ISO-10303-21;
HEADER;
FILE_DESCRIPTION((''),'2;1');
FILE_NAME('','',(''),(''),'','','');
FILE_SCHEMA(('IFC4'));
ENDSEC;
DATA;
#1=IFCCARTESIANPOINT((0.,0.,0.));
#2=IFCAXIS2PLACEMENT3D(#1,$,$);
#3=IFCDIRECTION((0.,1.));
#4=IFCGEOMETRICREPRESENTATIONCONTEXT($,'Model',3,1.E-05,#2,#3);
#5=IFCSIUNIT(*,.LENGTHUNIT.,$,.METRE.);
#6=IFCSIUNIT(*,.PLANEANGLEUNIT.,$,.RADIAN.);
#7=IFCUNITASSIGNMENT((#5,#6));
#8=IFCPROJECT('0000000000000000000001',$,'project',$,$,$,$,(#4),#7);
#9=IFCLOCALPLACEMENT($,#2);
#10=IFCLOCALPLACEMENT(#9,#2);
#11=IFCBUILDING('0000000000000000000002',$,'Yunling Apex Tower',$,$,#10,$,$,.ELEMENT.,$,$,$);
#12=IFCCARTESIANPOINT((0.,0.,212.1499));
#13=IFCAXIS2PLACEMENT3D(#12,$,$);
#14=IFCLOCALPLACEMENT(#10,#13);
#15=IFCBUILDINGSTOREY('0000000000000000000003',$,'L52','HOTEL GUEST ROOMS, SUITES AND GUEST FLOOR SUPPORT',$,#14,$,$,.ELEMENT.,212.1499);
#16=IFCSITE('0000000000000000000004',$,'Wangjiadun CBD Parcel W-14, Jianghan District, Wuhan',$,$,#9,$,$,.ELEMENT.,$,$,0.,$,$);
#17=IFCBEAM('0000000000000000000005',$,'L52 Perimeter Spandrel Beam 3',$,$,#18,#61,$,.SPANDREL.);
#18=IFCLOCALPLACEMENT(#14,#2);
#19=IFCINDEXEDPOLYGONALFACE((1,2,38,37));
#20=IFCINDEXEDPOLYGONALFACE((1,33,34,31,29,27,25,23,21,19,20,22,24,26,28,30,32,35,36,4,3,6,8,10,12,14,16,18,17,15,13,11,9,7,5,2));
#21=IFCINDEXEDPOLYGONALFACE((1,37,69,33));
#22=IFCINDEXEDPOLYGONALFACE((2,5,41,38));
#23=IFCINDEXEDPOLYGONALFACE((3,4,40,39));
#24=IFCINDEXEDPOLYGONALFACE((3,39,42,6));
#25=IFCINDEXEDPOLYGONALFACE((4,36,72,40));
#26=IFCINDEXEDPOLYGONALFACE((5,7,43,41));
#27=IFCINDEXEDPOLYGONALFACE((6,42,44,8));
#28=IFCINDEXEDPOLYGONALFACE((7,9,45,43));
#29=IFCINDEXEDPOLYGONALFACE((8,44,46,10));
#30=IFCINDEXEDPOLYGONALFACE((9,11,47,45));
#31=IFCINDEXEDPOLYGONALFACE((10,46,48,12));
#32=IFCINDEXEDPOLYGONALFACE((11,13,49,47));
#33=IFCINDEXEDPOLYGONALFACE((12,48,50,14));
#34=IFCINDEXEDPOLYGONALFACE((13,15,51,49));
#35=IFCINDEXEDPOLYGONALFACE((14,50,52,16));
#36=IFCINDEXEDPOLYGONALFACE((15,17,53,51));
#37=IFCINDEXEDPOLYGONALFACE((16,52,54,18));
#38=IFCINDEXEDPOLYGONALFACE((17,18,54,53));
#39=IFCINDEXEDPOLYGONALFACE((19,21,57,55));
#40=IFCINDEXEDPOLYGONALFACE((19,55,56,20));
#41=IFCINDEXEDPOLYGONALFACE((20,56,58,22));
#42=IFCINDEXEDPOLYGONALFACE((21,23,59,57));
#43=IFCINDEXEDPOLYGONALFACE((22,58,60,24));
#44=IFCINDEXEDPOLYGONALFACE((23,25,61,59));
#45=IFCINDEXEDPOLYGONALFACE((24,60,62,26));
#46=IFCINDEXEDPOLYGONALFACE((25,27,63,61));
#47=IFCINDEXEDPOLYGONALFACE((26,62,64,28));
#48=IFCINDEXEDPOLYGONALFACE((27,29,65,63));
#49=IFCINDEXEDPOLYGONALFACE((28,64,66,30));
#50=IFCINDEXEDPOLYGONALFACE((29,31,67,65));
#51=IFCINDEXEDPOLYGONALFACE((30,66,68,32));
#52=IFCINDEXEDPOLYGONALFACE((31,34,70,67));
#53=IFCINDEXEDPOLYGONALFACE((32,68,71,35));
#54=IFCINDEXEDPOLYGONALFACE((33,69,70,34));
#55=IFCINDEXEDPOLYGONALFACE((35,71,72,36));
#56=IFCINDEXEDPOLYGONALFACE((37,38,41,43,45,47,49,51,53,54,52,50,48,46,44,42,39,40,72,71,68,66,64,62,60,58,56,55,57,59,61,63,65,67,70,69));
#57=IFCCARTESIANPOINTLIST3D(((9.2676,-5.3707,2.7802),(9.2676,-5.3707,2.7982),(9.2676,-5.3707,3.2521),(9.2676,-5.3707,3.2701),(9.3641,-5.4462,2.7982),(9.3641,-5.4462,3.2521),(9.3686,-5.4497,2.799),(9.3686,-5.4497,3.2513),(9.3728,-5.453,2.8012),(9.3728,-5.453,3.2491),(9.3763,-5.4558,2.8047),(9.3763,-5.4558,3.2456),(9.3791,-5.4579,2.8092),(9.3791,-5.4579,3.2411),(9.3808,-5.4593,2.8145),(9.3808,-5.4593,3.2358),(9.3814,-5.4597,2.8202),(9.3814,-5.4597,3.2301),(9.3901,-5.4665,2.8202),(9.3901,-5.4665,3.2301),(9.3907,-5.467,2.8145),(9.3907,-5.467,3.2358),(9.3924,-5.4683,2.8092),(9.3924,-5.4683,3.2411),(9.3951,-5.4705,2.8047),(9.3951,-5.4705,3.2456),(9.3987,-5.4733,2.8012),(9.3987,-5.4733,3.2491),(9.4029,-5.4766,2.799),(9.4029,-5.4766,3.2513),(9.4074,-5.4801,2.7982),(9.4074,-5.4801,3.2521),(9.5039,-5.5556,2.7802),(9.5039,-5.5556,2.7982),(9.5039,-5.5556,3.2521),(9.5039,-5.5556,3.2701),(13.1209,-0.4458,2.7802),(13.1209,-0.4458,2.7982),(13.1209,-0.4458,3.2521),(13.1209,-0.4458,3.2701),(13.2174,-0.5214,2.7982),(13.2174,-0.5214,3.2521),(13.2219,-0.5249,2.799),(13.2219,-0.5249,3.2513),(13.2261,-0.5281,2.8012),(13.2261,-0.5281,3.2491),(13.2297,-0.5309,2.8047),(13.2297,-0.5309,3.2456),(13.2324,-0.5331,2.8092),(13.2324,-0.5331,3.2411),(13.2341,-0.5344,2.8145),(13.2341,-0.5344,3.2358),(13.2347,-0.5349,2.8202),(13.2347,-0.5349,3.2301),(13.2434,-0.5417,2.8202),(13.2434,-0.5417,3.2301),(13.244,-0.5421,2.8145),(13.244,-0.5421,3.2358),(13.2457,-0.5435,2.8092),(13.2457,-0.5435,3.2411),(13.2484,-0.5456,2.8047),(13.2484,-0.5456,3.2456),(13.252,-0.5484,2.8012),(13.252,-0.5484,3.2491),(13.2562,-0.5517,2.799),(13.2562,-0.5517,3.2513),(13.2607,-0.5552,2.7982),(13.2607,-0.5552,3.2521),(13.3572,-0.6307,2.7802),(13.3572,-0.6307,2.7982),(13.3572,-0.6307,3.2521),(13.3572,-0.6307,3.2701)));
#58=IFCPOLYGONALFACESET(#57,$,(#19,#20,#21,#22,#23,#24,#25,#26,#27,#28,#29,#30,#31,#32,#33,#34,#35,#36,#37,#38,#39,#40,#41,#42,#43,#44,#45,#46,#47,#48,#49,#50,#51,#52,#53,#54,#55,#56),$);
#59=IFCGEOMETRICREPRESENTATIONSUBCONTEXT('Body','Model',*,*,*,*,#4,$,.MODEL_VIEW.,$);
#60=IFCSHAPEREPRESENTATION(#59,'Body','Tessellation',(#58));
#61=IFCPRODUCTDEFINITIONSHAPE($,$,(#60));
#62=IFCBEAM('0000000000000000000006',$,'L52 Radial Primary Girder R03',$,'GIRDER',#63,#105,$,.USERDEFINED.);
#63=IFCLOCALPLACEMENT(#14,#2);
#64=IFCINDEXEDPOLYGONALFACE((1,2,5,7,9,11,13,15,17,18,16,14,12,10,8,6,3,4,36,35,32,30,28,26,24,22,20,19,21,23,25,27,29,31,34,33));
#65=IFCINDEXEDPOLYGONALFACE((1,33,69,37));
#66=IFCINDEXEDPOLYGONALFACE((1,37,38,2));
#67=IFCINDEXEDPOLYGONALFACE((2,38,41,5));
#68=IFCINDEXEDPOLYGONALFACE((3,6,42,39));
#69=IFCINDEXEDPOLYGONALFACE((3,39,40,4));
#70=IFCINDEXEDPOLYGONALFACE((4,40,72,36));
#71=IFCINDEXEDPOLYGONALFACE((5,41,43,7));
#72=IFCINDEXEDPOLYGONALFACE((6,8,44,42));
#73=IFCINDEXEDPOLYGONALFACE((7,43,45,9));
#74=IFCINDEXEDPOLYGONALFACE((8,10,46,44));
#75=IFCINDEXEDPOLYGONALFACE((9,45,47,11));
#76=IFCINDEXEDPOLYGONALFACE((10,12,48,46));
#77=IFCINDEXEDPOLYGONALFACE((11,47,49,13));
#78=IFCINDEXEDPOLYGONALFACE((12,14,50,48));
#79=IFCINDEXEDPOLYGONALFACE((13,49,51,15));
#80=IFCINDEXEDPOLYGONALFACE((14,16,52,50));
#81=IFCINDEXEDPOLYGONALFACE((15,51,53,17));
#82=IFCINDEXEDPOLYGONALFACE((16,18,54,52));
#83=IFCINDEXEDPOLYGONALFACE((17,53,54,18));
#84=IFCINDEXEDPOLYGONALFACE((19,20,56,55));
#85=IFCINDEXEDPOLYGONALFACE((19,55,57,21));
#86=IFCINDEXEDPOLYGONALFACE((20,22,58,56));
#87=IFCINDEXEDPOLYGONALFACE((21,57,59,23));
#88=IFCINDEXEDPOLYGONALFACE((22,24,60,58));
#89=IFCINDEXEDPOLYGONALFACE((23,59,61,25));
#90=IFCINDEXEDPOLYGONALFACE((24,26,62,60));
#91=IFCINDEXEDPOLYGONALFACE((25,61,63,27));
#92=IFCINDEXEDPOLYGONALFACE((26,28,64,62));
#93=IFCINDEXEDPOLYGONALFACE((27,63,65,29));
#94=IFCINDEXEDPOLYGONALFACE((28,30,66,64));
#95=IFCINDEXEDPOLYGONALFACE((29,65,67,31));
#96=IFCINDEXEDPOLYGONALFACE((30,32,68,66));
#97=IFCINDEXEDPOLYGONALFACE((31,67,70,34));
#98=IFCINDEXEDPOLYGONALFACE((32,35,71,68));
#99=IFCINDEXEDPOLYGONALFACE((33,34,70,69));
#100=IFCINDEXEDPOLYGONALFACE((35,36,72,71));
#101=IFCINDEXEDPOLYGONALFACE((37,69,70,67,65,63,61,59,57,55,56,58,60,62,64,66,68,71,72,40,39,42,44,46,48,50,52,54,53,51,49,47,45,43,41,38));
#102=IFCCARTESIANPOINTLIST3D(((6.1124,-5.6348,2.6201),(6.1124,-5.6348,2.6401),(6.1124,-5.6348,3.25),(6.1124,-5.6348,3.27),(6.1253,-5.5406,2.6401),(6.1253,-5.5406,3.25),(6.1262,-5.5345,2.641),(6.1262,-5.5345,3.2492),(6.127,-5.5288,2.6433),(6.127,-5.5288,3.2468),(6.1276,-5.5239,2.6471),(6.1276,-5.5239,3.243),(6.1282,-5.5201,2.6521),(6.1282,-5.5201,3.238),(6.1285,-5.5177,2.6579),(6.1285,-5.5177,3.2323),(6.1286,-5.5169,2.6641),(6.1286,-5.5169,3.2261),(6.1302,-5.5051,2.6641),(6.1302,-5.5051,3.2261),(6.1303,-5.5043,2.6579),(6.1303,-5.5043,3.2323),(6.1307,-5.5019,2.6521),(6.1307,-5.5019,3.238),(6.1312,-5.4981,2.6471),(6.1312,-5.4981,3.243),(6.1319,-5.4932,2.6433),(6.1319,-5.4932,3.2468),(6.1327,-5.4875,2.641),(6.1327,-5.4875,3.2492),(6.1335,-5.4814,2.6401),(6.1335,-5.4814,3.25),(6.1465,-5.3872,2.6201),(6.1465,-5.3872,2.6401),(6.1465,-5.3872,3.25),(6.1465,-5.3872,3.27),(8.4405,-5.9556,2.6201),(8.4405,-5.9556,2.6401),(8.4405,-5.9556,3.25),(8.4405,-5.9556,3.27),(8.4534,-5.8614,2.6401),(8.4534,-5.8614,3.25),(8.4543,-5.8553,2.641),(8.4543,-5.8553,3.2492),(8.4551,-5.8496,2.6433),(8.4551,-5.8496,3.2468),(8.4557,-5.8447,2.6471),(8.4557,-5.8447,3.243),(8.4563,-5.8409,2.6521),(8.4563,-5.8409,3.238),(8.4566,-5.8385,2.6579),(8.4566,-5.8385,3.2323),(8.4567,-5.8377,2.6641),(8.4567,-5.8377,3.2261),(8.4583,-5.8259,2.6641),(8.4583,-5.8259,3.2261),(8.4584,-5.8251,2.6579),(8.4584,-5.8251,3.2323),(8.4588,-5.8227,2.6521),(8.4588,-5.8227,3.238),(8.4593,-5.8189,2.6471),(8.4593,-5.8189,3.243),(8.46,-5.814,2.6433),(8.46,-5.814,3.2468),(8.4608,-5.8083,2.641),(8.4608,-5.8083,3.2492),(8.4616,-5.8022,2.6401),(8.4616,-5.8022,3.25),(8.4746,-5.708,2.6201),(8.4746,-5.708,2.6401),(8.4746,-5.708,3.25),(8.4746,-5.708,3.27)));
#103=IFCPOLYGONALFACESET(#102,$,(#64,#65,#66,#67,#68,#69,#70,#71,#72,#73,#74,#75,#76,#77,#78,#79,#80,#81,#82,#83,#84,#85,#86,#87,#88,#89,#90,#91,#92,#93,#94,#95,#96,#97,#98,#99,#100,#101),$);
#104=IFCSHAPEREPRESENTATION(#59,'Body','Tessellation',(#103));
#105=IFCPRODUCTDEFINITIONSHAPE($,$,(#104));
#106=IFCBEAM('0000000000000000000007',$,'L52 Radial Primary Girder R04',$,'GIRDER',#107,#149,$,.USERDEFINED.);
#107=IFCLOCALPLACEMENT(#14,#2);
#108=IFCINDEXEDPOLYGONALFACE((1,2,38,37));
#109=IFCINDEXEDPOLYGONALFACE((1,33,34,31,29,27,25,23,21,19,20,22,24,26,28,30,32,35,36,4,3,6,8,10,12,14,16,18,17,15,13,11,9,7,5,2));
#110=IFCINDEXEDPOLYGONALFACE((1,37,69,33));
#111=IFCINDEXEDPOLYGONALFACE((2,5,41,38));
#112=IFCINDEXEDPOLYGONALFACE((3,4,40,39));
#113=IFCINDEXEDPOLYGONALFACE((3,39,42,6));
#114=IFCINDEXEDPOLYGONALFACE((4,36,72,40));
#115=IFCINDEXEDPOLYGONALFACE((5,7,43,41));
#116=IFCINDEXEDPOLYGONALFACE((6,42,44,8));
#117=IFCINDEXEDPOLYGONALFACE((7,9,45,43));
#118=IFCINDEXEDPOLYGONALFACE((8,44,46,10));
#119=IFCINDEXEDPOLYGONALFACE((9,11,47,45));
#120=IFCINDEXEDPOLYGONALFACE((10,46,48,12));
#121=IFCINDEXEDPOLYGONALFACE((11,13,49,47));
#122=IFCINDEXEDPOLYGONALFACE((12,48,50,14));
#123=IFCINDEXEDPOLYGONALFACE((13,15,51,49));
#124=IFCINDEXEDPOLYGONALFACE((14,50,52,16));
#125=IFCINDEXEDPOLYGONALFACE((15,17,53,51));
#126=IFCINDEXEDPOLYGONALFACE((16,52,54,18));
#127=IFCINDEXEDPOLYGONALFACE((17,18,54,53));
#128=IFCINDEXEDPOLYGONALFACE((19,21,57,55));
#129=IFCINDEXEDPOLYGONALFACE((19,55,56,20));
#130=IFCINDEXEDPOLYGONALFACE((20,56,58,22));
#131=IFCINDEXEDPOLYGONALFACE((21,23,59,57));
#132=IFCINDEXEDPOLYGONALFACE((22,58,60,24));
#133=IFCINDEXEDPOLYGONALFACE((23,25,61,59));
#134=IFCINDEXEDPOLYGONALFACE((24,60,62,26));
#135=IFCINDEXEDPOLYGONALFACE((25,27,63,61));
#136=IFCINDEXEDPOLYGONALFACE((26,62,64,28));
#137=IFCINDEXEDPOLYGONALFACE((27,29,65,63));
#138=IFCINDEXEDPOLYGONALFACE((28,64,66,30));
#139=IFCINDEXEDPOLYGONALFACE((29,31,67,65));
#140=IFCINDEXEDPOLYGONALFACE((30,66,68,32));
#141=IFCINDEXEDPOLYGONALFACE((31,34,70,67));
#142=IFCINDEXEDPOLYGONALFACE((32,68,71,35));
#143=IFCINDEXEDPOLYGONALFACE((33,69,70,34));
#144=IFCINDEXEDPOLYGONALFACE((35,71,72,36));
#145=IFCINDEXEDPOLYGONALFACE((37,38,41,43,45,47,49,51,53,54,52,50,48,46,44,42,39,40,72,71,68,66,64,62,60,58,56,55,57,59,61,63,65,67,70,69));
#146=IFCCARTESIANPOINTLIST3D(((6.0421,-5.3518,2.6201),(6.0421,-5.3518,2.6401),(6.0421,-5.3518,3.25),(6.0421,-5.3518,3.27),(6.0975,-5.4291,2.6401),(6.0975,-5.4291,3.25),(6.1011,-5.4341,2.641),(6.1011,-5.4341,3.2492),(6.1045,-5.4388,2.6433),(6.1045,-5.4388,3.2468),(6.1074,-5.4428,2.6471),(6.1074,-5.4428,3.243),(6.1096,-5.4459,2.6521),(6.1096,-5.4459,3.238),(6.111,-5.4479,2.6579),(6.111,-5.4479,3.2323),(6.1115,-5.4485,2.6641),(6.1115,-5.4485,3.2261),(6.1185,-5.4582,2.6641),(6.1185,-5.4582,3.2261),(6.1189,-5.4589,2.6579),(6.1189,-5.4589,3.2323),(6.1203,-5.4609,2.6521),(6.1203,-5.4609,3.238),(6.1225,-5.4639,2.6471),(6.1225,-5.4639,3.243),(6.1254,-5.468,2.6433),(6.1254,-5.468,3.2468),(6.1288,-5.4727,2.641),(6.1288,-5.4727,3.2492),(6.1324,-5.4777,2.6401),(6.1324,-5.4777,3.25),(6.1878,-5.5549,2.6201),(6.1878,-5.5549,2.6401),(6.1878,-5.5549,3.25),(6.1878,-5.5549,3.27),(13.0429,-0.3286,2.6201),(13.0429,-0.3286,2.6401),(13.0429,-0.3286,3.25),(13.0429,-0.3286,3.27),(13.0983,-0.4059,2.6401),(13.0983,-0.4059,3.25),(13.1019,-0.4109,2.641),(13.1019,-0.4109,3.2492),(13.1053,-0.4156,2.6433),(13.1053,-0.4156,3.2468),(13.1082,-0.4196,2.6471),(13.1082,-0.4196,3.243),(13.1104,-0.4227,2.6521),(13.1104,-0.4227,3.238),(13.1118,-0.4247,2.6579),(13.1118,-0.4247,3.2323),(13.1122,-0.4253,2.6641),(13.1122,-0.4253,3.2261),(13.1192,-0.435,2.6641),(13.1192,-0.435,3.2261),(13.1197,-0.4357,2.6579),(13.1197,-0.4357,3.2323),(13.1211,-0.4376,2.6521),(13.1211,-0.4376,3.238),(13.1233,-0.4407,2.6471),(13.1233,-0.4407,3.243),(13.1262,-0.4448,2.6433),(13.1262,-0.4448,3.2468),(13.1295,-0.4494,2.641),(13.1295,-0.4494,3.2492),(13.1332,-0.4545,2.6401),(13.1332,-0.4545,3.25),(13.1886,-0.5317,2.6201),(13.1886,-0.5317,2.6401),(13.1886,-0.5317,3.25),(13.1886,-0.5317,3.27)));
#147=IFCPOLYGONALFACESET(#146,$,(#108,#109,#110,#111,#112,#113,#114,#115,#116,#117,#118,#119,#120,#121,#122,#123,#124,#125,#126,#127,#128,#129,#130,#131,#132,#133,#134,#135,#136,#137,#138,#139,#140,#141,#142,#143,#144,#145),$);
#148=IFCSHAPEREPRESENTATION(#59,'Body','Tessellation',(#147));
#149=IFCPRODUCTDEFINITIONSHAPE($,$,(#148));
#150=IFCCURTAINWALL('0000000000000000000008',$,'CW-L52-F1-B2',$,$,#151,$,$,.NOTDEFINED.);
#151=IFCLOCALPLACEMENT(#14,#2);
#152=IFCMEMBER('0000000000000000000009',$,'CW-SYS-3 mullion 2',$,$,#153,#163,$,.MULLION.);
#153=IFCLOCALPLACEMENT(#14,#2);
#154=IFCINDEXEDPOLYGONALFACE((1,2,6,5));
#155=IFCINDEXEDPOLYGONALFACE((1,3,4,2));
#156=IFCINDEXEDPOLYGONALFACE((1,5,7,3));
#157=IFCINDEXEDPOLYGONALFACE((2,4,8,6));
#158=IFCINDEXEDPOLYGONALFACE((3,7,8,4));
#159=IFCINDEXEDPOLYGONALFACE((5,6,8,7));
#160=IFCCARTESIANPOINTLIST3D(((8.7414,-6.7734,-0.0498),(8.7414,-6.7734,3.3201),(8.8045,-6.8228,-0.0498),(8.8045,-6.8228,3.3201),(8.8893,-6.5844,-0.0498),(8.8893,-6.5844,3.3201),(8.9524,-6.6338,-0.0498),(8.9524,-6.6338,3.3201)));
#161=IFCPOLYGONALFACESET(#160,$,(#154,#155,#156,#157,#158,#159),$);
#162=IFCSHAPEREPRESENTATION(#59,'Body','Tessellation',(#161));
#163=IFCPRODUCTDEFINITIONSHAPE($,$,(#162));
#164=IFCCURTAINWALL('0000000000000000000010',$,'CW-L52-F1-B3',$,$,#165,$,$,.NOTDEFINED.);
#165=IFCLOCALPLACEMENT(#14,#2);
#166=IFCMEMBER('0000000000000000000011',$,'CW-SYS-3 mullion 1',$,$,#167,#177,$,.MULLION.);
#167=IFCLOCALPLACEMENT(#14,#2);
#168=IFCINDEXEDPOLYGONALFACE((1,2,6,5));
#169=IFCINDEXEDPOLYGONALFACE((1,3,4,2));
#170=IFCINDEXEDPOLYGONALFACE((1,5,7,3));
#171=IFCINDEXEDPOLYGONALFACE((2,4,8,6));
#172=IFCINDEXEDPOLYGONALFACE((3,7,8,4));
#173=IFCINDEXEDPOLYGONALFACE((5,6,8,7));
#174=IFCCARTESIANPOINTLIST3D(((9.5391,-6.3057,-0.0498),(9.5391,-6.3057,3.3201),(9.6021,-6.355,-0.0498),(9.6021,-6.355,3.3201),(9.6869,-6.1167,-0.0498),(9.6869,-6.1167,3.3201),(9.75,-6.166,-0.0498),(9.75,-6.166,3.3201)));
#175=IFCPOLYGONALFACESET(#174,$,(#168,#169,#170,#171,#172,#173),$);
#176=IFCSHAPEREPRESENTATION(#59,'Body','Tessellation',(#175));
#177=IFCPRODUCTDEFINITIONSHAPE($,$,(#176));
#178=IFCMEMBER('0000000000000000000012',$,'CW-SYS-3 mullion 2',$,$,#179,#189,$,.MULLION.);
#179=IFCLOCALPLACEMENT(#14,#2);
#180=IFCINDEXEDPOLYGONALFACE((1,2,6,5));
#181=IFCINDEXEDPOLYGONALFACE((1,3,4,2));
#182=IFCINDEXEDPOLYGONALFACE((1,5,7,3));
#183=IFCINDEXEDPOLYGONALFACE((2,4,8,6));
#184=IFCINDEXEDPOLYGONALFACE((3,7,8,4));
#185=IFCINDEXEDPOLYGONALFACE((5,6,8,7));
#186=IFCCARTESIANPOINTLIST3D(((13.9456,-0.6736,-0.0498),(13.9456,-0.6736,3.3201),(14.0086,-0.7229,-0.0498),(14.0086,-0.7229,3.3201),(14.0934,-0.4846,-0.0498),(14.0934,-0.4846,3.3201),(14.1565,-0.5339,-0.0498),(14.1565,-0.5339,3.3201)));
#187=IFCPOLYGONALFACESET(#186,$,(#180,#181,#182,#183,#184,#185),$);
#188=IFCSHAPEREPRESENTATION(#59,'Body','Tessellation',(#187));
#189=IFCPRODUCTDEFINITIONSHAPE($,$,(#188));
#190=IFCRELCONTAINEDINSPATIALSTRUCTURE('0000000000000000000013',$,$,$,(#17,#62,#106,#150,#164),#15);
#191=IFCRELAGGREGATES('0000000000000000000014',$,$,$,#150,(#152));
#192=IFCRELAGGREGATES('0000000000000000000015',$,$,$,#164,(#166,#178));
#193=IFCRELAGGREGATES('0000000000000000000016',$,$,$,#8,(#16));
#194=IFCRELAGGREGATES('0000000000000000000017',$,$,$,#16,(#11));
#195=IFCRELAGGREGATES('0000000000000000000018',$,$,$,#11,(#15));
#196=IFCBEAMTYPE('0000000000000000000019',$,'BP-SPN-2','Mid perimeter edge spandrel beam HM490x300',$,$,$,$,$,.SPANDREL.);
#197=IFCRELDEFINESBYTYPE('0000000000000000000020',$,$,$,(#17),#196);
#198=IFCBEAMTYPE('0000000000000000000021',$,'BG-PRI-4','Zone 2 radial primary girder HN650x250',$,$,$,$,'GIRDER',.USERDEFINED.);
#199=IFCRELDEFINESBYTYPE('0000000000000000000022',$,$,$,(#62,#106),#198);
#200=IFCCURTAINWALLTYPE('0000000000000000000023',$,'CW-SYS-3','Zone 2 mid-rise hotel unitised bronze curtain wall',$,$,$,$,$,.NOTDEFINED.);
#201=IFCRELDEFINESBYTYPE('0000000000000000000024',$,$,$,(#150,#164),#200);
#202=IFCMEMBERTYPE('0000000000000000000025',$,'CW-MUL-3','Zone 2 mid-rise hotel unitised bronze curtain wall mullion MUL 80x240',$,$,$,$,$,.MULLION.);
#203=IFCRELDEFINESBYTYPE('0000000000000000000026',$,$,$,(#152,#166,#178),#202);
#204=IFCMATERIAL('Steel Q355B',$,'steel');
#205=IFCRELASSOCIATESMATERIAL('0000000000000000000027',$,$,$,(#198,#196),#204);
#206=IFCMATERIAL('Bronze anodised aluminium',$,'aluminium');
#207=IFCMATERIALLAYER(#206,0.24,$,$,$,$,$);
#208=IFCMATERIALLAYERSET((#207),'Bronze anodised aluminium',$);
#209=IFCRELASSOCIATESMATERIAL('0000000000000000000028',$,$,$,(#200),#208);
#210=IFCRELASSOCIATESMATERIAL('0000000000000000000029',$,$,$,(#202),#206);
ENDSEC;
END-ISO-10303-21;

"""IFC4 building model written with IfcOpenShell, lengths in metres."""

from ifc_helpers import new_model, si_unit, direction, frame, origin, origin_2d, place, context, subcontext, project, spatial, rectangle, i_section, extrude, source, transform, mapped, material, layer, layer_set, material_profile, profile_set, type_object, element, aggregate, save


model = new_model("IFC4")

# Units and contexts
model_context = context("Model", 3, precision=1e-05, world=origin(), true_north=direction((0.0, 1.0)))
body_context = subcontext(model_context, "Body", "Model", "MODEL_VIEW")
ifc_project = project(units=[si_unit("LENGTHUNIT", "METRE"), si_unit("PLANEANGLEUNIT", "RADIAN")], contexts=[model_context])

# Site, building, storey
site_placement = place(None, origin())
site = spatial("IfcSite", under=ifc_project, at=site_placement, Name="Wangjiadun CBD Parcel W-14, Jianghan District, Wuhan", CompositionType="ELEMENT", RefElevation=0.0)
building_placement = place(site_placement, origin())
building = spatial("IfcBuilding", under=site, at=building_placement, Name="Yunling Apex Tower", CompositionType="ELEMENT")
storey_placement = place(building_placement, frame((0.0, 0.0, 212.1499)))
storey = spatial("IfcBuildingStorey", under=building, at=storey_placement, Name="L52", Description="HOTEL GUEST ROOMS, SUITES AND GUEST FLOOR SUPPORT", CompositionType="ELEMENT", Elevation=212.1499)

# Beams
ifc_material_1 = material(Name="Steel Q355B", Category="steel")
ifc_material_profile_1 = material_profile(ifc_material_1, i_section(OverallWidth=0.25, OverallDepth=0.6499, WebThickness=0.012, FlangeThickness=0.02, FilletRadius=0.0239, at=origin_2d()))
ifc_profile_set_1 = profile_set([ifc_material_profile_1], Name="Steel Q355B")
beam_type_1 = type_object("IfcBeamType", Name="BG-PRI-4", Description="Zone 2 radial primary girder HN650x250", ElementType="GIRDER", PredefinedType="USERDEFINED", material=ifc_profile_set_1)
ifc_material_profile_2 = material_profile(ifc_material_1, i_section(OverallWidth=0.3, OverallDepth=0.49, WebThickness=0.011, FlangeThickness=0.0181, FilletRadius=0.022, at=origin_2d()))
ifc_profile_set_2 = profile_set([ifc_material_profile_2], Name="Steel Q355B")
beam_type_2 = type_object("IfcBeamType", Name="BP-SPN-2", Description="Mid perimeter edge spandrel beam HM490x300", PredefinedType="SPANDREL", material=ifc_profile_set_2)
shared_shape_1 = source(origin(), body_context, "Body", "SweptSolid", [
    extrude(i_section(OverallWidth=0.3, OverallDepth=0.49, WebThickness=0.011, FlangeThickness=0.0181, FilletRadius=0.022, at=origin_2d()), origin(), (0.0, 0.0, 1.0), 6.2532),
])
beam_1_placement = place(storey_placement, frame((9.3857, -5.4631, 3.0251), z_axis=(0.616217, 0.787577, 0.0), x_axis=(-0.787577, 0.616217, 0.0)))
element("IfcBeam", 1, at=beam_1_placement, inside=storey, type_object=beam_type_2, Name="L52 Perimeter Spandrel Beam 3", PredefinedType="SPANDREL", context=body_context, shape_type="MappedRepresentation", body=[
    mapped(shared_shape_1, transform((0.0, 0.0, 0.0), scale=1.0)),
])
shared_shape_2 = source(origin(), body_context, "Body", "SweptSolid", [
    extrude(i_section(OverallWidth=0.25, OverallDepth=0.6499, WebThickness=0.012, FlangeThickness=0.02, FilletRadius=0.0239, at=origin_2d()), origin(), (0.0, 0.0, 1.0), 2.3501),
])
beam_2_placement = place(storey_placement, frame((8.4575, -5.8318, 2.9451), z_axis=(-0.99064, 0.136504, 0.0), x_axis=(-0.136504, -0.99064, 0.0)))
element("IfcBeam", 2, at=beam_2_placement, inside=storey, type_object=beam_type_1, Name="L52 Radial Primary Girder R03", ObjectType="GIRDER", PredefinedType="USERDEFINED", context=body_context, shape_type="MappedRepresentation", body=[
    mapped(shared_shape_2, transform((0.0, 0.0, 0.0), scale=1.0)),
])
shared_shape_3 = source(origin(), body_context, "Body", "SweptSolid", [
    extrude(i_section(OverallWidth=0.25, OverallDepth=0.6499, WebThickness=0.012, FlangeThickness=0.02, FilletRadius=0.0239, at=origin_2d()), origin(), (0.0, 0.0, 1.0), 8.6165),
])
beam_3_placement = place(storey_placement, frame((13.1157, -0.4302, 2.9451), z_axis=(-0.812487, -0.582979, 0.0), x_axis=(0.582979, -0.812487, 0.0)))
element("IfcBeam", 3, at=beam_3_placement, inside=storey, type_object=beam_type_1, Name="L52 Radial Primary Girder R04", ObjectType="GIRDER", PredefinedType="USERDEFINED", context=body_context, shape_type="MappedRepresentation", body=[
    mapped(shared_shape_3, transform((0.0, 0.0, 0.0), scale=1.0)),
])

# Curtain wall, member
ifc_material_2 = material(Name="Bronze anodised aluminium", Category="aluminium")
ifc_layer_1 = layer(ifc_material_2, 0.24)
ifc_layer_set_1 = layer_set([ifc_layer_1], Name="Bronze anodised aluminium")
curtain_wall_type = type_object("IfcCurtainWallType", Name="CW-SYS-3", Description="Zone 2 mid-rise hotel unitised bronze curtain wall", PredefinedType="NOTDEFINED", material=ifc_layer_set_1)
curtain_wall_1_placement = place(storey_placement, origin())
curtain_wall_1 = element("IfcCurtainWall", 4, at=curtain_wall_1_placement, inside=storey, type_object=curtain_wall_type, Name="CW-L52-F1-B2", PredefinedType="NOTDEFINED")
ifc_material_profile_3 = material_profile(ifc_material_2, rectangle(XDim=0.0801, YDim=0.24, at=origin_2d()))
ifc_profile_set_3 = profile_set([ifc_material_profile_3], Name="Bronze anodised aluminium")
member_type_1 = type_object("IfcMemberType", Name="CW-MUL-3", Description="Zone 2 mid-rise hotel unitised bronze curtain wall mullion MUL 80x240", PredefinedType="MULLION", material=ifc_profile_set_3)
shared_shape_4 = source(origin(), body_context, "Body", "SweptSolid", [
    extrude(rectangle(XDim=0.0801, YDim=0.24, at=origin_2d()), origin(), (0.0, 0.0, 1.0), 3.3699),
])
member_1_placement = place(storey_placement, frame((8.8469, -6.7036, -0.0498), z_axis=(0.0, 0.0, 1.0), x_axis=(-0.787576, 0.616217, 0.0)))
member_1 = element("IfcMember", 5, at=member_1_placement, type_object=member_type_1, Name="CW-SYS-3 mullion 2", PredefinedType="MULLION", context=body_context, shape_type="MappedRepresentation", body=[
    mapped(shared_shape_4, transform((0.0, 0.0, 0.0), scale=1.0)),
])

# Curtain wall, members
curtain_wall_2_placement = place(storey_placement, origin())
curtain_wall_2 = element("IfcCurtainWall", 6, at=curtain_wall_2_placement, inside=storey, type_object=curtain_wall_type, Name="CW-L52-F1-B3", PredefinedType="NOTDEFINED")
member_2_placement = place(storey_placement, frame((9.6445, -6.2358, -0.0498), z_axis=(0.0, 0.0, 1.0), x_axis=(-0.787589, 0.6162, 0.0)))
member_2 = element("IfcMember", 7, at=member_2_placement, type_object=member_type_1, Name="CW-SYS-3 mullion 1", PredefinedType="MULLION", context=body_context, shape_type="MappedRepresentation", body=[
    mapped(shared_shape_4, transform((0.0, 0.0, 0.0), scale=1.0)),
])
member_3_placement = place(storey_placement, frame((14.051, -0.6038, -0.0498), z_axis=(0.0, 0.0, 1.0), x_axis=(-0.787589, 0.6162, 0.0)))
member_3 = element("IfcMember", 8, at=member_3_placement, type_object=member_type_1, Name="CW-SYS-3 mullion 2", PredefinedType="MULLION", context=body_context, shape_type="MappedRepresentation", body=[
    mapped(shared_shape_4, transform((0.0, 0.0, 0.0), scale=1.0)),
])

aggregate(curtain_wall_1, [member_1])
aggregate(curtain_wall_2, [member_2, member_3])

save(model, "model.ifc")
